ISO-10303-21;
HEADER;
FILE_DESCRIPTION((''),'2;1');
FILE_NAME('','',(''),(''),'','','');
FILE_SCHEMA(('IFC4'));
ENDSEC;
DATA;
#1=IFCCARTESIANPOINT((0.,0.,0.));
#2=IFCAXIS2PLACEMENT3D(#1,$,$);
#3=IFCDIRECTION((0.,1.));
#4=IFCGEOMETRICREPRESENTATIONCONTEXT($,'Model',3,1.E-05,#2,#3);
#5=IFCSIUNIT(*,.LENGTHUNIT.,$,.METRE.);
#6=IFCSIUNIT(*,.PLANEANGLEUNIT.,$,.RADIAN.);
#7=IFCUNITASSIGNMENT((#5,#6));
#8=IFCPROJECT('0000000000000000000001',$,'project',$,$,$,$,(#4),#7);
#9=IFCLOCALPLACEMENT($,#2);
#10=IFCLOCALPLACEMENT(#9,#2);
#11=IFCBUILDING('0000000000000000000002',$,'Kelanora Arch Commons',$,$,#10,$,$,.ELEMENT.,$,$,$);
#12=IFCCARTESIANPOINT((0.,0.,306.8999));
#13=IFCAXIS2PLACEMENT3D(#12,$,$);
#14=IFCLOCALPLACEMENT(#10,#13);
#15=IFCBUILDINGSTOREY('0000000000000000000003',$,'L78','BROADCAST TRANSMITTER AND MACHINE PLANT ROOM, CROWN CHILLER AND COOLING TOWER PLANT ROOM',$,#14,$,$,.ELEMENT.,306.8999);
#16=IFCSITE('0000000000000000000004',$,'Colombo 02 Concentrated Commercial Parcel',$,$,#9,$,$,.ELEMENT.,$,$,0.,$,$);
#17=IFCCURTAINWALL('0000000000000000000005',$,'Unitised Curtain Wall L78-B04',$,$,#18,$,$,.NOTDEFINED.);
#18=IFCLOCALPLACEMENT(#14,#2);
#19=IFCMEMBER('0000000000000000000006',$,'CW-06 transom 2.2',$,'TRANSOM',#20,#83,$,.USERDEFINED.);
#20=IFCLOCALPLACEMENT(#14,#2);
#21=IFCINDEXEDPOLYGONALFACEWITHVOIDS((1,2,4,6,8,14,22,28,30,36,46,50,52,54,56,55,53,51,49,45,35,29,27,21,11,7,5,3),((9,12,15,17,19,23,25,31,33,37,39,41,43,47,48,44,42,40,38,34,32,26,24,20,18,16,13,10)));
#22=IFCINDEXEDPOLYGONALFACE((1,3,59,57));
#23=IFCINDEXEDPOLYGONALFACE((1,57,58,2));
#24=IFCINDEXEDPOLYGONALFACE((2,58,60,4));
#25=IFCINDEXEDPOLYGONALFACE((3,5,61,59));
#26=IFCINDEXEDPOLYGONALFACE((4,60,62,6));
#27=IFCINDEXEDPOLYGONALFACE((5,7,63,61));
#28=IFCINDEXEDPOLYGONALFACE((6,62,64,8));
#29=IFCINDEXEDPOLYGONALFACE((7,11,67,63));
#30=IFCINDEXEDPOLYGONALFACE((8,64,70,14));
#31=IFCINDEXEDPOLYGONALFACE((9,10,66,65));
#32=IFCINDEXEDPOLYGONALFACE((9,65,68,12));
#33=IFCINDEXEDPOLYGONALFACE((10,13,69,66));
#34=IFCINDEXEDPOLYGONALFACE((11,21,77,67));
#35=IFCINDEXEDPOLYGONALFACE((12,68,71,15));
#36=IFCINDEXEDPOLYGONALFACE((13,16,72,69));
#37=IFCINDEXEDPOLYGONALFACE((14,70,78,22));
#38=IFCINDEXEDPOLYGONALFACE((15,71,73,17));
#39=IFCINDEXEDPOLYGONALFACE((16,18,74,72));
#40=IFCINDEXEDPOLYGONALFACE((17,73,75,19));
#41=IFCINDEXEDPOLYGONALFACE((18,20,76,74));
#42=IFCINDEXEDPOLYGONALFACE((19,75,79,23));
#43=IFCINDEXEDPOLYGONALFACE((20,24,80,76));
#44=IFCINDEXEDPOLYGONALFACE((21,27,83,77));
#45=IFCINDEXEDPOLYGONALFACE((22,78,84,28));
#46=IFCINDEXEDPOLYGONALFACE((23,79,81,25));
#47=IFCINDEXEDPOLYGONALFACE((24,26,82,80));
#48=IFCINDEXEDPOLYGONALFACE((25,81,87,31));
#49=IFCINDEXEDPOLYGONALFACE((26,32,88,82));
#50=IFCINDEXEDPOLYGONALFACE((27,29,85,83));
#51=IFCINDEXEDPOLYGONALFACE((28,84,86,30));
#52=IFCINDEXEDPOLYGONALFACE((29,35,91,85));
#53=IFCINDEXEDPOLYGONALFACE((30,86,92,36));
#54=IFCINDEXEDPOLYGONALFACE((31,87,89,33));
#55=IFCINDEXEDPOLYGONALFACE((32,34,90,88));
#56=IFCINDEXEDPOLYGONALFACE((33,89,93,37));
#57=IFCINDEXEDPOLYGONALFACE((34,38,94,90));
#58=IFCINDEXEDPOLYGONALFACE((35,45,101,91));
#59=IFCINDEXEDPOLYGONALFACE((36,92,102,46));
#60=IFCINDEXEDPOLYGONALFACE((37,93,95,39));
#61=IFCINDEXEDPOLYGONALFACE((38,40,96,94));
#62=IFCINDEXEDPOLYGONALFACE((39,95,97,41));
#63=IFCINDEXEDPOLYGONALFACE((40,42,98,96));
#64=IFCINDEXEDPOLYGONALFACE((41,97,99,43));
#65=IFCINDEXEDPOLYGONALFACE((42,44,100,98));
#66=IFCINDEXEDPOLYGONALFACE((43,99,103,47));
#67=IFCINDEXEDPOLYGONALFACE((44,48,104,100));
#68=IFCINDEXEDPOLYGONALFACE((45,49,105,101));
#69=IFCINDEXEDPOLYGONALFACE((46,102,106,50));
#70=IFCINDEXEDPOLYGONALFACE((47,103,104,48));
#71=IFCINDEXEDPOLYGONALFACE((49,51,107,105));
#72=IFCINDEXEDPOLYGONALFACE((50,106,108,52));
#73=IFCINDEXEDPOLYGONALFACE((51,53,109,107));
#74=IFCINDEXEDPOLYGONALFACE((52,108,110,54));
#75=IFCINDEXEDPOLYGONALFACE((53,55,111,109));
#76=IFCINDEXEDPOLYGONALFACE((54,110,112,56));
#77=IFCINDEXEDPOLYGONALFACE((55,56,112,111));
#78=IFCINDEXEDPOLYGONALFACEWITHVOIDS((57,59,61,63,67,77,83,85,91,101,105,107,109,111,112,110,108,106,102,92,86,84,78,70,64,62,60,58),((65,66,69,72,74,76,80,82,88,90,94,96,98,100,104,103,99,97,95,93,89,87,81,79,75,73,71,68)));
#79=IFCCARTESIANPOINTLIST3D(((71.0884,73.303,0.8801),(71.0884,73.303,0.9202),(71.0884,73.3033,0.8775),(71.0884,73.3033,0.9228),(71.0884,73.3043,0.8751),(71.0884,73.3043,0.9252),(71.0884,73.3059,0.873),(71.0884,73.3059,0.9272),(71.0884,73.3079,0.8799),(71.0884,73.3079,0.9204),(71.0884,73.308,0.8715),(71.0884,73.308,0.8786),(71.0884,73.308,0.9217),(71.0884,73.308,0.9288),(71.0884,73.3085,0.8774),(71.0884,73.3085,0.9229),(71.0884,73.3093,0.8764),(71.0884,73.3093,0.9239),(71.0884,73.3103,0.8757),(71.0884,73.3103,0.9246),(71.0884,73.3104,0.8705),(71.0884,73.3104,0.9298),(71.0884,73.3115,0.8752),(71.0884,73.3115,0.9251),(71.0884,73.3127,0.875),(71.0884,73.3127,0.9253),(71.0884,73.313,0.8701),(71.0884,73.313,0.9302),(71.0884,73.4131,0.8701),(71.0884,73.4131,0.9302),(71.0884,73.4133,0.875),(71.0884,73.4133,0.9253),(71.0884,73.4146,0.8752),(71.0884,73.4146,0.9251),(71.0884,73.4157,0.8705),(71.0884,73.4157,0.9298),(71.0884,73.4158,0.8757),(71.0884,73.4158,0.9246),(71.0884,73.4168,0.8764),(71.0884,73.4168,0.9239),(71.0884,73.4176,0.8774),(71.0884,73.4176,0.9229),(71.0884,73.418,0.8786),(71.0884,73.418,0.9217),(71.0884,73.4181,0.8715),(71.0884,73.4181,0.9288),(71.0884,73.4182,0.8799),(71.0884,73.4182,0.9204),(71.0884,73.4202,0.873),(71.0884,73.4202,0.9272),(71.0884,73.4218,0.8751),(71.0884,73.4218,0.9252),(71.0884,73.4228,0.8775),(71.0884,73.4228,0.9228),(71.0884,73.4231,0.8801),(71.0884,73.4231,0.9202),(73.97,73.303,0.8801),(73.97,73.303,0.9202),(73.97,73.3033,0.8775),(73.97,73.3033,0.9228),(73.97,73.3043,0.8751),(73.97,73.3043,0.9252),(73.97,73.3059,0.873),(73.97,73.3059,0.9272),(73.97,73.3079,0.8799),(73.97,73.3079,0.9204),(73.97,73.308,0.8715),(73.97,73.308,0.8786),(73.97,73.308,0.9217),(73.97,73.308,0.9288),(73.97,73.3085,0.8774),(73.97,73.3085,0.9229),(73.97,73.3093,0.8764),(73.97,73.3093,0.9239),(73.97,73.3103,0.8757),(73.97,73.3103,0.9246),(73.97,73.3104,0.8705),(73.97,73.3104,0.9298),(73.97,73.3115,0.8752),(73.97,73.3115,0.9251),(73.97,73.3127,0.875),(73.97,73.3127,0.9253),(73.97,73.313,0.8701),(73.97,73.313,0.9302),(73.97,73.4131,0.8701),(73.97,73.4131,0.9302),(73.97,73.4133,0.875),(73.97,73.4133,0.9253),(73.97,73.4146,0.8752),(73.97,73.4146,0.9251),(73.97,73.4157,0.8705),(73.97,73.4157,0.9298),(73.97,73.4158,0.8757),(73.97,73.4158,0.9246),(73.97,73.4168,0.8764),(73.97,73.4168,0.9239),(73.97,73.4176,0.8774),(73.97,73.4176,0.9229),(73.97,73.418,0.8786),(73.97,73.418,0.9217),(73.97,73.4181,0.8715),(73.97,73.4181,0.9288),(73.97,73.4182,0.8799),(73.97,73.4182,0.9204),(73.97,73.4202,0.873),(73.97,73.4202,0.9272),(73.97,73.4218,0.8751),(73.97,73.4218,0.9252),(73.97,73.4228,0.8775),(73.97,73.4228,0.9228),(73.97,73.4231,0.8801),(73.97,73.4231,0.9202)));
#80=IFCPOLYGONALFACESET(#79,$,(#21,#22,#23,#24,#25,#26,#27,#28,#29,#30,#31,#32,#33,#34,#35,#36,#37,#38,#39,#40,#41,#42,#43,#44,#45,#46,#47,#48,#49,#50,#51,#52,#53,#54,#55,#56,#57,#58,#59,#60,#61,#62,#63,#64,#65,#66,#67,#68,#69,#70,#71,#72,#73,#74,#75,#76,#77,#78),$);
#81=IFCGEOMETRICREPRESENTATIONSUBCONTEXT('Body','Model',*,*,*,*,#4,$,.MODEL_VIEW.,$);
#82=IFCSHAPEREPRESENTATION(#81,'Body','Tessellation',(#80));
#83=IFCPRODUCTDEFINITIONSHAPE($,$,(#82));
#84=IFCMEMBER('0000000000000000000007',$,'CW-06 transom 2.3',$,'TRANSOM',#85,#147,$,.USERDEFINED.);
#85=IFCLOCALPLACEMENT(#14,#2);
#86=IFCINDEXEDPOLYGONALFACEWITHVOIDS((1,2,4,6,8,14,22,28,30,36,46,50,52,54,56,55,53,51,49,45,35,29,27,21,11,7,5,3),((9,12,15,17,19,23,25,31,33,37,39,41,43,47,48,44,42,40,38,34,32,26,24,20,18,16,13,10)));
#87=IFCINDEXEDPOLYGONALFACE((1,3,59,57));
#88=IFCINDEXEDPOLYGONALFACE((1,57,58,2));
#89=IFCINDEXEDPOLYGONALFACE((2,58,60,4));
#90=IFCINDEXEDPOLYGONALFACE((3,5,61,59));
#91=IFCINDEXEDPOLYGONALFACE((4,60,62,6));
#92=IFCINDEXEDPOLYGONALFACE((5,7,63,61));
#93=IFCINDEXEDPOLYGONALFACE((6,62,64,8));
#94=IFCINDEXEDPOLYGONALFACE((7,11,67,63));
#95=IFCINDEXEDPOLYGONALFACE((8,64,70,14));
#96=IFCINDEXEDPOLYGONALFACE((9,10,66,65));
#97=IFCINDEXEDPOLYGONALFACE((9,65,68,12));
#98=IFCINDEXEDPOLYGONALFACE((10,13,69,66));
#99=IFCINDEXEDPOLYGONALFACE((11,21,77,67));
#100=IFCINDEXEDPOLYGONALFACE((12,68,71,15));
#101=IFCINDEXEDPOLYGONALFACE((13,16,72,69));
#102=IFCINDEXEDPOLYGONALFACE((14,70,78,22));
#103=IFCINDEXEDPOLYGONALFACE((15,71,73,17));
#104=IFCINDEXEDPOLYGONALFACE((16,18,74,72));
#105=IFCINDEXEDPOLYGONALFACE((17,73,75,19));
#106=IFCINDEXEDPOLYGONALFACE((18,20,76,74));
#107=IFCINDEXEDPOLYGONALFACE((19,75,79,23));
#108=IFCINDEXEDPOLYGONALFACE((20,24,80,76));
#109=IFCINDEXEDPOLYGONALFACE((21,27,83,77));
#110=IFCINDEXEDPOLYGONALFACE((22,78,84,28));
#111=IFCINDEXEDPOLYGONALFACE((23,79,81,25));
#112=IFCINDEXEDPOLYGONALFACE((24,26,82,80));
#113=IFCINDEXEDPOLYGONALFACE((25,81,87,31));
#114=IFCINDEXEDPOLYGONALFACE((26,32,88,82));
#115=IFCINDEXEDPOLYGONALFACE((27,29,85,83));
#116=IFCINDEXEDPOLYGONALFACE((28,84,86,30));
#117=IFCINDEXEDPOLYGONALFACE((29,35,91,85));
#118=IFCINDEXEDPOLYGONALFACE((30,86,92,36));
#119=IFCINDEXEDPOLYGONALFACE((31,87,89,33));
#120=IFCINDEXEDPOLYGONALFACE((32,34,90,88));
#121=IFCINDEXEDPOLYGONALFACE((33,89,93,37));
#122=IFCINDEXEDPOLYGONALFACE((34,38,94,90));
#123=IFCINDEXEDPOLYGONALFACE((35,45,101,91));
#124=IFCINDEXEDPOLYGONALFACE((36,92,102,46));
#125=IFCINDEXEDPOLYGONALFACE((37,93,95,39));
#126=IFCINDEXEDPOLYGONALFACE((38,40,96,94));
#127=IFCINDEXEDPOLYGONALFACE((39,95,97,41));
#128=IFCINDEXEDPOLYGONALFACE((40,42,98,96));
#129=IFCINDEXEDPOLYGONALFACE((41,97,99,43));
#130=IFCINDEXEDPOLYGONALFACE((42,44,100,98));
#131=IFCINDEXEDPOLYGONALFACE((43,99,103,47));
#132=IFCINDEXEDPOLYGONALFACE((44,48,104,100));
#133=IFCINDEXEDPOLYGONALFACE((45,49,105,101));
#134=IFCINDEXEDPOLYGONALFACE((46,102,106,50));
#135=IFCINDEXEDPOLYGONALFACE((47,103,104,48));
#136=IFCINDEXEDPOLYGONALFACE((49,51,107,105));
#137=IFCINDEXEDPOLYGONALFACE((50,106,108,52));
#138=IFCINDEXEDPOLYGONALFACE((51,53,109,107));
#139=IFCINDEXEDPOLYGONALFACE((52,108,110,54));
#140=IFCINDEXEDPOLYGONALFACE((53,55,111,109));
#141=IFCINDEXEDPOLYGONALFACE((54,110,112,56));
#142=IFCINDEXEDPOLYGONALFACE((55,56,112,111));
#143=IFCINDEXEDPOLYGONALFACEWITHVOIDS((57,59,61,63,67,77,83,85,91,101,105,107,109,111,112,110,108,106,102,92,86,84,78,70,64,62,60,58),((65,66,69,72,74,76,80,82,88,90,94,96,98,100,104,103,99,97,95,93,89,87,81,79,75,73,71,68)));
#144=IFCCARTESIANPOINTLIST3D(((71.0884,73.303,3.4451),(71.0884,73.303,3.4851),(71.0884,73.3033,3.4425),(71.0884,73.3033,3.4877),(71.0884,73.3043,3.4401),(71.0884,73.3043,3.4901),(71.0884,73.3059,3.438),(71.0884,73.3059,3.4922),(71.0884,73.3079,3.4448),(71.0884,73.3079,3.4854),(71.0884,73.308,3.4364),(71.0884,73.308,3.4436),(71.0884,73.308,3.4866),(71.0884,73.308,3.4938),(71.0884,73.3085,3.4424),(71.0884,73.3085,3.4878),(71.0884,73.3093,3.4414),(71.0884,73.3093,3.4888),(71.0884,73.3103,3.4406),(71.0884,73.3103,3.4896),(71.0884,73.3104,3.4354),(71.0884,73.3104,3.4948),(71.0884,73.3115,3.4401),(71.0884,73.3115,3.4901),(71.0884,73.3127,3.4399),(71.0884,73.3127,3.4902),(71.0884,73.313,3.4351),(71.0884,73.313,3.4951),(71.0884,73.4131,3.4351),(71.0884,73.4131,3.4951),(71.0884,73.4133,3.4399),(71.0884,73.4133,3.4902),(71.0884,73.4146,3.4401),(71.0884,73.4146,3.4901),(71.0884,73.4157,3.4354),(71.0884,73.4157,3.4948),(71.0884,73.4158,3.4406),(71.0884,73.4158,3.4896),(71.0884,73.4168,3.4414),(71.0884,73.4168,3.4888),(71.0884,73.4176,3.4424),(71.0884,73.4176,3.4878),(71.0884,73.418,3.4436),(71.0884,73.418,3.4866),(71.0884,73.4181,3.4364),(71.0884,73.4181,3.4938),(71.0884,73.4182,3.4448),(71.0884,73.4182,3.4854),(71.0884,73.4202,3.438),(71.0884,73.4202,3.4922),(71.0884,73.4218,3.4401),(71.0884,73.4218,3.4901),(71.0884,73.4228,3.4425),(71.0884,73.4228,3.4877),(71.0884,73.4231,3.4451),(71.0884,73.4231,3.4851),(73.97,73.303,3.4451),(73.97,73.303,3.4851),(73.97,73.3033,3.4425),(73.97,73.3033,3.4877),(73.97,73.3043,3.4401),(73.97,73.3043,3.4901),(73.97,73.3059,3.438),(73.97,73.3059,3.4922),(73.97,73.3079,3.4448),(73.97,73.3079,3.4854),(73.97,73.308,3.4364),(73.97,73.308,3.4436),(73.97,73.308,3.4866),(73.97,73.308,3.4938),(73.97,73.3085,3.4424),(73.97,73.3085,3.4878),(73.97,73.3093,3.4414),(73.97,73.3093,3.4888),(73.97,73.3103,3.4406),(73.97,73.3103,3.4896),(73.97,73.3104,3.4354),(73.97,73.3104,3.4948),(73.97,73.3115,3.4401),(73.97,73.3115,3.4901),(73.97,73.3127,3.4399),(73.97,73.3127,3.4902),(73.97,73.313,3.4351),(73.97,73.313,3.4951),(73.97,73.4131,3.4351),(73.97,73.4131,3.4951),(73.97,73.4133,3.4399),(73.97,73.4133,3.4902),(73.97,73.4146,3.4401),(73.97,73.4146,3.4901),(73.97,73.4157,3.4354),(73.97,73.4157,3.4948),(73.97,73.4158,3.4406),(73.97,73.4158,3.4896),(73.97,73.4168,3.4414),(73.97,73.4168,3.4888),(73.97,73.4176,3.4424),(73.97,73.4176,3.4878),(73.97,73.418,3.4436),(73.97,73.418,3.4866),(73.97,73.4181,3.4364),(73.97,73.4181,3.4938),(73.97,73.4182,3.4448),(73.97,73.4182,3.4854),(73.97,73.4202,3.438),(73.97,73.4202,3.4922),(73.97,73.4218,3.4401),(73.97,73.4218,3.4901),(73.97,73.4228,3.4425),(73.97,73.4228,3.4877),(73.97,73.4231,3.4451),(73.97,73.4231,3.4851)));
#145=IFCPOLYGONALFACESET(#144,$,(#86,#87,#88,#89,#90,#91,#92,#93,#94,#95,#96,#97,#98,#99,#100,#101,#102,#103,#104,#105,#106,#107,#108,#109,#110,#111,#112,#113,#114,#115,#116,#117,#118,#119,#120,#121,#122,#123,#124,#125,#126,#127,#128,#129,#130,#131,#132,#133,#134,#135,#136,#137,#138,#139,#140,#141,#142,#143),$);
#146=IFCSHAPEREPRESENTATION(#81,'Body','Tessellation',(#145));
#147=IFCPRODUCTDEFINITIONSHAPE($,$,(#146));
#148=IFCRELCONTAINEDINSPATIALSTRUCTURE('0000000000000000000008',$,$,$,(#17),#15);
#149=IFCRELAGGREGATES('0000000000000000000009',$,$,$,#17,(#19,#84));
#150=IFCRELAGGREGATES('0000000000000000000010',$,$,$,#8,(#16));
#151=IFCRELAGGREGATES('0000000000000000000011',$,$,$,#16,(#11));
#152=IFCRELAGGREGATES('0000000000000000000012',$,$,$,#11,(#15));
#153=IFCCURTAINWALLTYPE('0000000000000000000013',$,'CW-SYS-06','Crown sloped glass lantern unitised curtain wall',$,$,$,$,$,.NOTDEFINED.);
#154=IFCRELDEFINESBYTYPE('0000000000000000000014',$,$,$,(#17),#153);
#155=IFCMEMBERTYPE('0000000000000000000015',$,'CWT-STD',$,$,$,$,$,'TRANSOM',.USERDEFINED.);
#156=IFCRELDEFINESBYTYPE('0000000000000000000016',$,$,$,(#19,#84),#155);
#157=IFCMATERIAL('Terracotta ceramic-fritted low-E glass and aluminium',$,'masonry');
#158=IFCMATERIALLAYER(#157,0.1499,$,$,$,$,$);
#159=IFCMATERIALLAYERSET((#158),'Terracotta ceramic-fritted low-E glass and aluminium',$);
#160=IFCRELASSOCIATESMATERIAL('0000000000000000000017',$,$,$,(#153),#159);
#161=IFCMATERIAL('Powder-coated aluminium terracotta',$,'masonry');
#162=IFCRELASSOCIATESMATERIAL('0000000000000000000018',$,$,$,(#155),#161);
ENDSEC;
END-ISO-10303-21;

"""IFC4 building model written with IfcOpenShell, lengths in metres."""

from ifc_helpers import new_model, si_unit, direction, frame, origin, origin_2d, place, context, subcontext, project, spatial, hollow_rectangle, extrude, material, layer, layer_set, material_profile, profile_set, type_object, element, aggregate, save


model = new_model("IFC4")

# Units and contexts
model_context = context("Model", 3, precision=1e-05, world=origin(), true_north=direction((0.0, 1.0)))
body_context = subcontext(model_context, "Body", "Model", "MODEL_VIEW")
ifc_project = project(units=[si_unit("LENGTHUNIT", "METRE"), si_unit("PLANEANGLEUNIT", "RADIAN")], contexts=[model_context])

# Site, building, storey
site_placement = place(None, origin())
site = spatial("IfcSite", under=ifc_project, at=site_placement, Name="Colombo 02 Concentrated Commercial Parcel", CompositionType="ELEMENT", RefElevation=0.0)
building_placement = place(site_placement, origin())
building = spatial("IfcBuilding", under=site, at=building_placement, Name="Kelanora Arch Commons", CompositionType="ELEMENT")
storey_placement = place(building_placement, frame((0.0, 0.0, 306.8999)))
storey = spatial("IfcBuildingStorey", under=building, at=storey_placement, Name="L78", Description="BROADCAST TRANSMITTER AND MACHINE PLANT ROOM, CROWN CHILLER AND COOLING TOWER PLANT ROOM", CompositionType="ELEMENT", Elevation=306.8999)

# Curtain wall
ifc_material_1 = material(Name="Terracotta ceramic-fritted low-E glass and aluminium", Category="masonry")
ifc_layer_1 = layer(ifc_material_1, 0.1499)
ifc_layer_set_1 = layer_set([ifc_layer_1], Name="Terracotta ceramic-fritted low-E glass and aluminium")
curtain_wall_type = type_object("IfcCurtainWallType", Name="CW-SYS-06", Description="Crown sloped glass lantern unitised curtain wall", PredefinedType="NOTDEFINED", material=ifc_layer_set_1)
curtain_wall_1_placement = place(storey_placement, origin())
curtain_wall_1 = element("IfcCurtainWall", 1, at=curtain_wall_1_placement, inside=storey, type_object=curtain_wall_type, Name="Unitised Curtain Wall L78-B04", PredefinedType="NOTDEFINED")
ifc_material_2 = material(Name="Powder-coated aluminium terracotta", Category="masonry")

# Members
ifc_material_profile_1 = material_profile(ifc_material_2, hollow_rectangle(XDim=0.1201, YDim=0.0601, WallThickness=0.0049, InnerFilletRadius=0.0049, OuterFilletRadius=0.01, at=origin_2d()), Name="CWT120x60")
ifc_profile_set_1 = profile_set([ifc_material_profile_1], Name="Powder-coated aluminium terracotta")
member_type_1 = type_object("IfcMemberType", Name="CWT-STD", ElementType="TRANSOM", PredefinedType="USERDEFINED", material=ifc_profile_set_1)
member_1_placement = place(storey_placement, frame((73.97, 73.363, 0.9001), z_axis=(-1.0, 0.0, 0.0), x_axis=(0.0, -1.0, 0.0)))
member_1 = element("IfcMember", 2, at=member_1_placement, type_object=member_type_1, Name="CW-06 transom 2.2", ObjectType="TRANSOM", PredefinedType="USERDEFINED", context=body_context, shape_type="SweptSolid", body=[
    extrude(hollow_rectangle(XDim=0.1201, YDim=0.0601, WallThickness=0.0049, InnerFilletRadius=0.0049, OuterFilletRadius=0.01, at=origin_2d()), origin(), (0.0, 0.0, 1.0), 2.8816),
])
member_2_placement = place(storey_placement, frame((73.97, 73.363, 3.4651), z_axis=(-1.0, 0.0, 0.0), x_axis=(0.0, -1.0, 0.0)))
member_2 = element("IfcMember", 3, at=member_2_placement, type_object=member_type_1, Name="CW-06 transom 2.3", ObjectType="TRANSOM", PredefinedType="USERDEFINED", context=body_context, shape_type="SweptSolid", body=[
    extrude(hollow_rectangle(XDim=0.1201, YDim=0.0601, WallThickness=0.0049, InnerFilletRadius=0.0049, OuterFilletRadius=0.01, at=origin_2d()), origin(), (0.0, 0.0, 1.0), 2.8816),
])

aggregate(curtain_wall_1, [member_1, member_2])

save(model, "model.ifc")
